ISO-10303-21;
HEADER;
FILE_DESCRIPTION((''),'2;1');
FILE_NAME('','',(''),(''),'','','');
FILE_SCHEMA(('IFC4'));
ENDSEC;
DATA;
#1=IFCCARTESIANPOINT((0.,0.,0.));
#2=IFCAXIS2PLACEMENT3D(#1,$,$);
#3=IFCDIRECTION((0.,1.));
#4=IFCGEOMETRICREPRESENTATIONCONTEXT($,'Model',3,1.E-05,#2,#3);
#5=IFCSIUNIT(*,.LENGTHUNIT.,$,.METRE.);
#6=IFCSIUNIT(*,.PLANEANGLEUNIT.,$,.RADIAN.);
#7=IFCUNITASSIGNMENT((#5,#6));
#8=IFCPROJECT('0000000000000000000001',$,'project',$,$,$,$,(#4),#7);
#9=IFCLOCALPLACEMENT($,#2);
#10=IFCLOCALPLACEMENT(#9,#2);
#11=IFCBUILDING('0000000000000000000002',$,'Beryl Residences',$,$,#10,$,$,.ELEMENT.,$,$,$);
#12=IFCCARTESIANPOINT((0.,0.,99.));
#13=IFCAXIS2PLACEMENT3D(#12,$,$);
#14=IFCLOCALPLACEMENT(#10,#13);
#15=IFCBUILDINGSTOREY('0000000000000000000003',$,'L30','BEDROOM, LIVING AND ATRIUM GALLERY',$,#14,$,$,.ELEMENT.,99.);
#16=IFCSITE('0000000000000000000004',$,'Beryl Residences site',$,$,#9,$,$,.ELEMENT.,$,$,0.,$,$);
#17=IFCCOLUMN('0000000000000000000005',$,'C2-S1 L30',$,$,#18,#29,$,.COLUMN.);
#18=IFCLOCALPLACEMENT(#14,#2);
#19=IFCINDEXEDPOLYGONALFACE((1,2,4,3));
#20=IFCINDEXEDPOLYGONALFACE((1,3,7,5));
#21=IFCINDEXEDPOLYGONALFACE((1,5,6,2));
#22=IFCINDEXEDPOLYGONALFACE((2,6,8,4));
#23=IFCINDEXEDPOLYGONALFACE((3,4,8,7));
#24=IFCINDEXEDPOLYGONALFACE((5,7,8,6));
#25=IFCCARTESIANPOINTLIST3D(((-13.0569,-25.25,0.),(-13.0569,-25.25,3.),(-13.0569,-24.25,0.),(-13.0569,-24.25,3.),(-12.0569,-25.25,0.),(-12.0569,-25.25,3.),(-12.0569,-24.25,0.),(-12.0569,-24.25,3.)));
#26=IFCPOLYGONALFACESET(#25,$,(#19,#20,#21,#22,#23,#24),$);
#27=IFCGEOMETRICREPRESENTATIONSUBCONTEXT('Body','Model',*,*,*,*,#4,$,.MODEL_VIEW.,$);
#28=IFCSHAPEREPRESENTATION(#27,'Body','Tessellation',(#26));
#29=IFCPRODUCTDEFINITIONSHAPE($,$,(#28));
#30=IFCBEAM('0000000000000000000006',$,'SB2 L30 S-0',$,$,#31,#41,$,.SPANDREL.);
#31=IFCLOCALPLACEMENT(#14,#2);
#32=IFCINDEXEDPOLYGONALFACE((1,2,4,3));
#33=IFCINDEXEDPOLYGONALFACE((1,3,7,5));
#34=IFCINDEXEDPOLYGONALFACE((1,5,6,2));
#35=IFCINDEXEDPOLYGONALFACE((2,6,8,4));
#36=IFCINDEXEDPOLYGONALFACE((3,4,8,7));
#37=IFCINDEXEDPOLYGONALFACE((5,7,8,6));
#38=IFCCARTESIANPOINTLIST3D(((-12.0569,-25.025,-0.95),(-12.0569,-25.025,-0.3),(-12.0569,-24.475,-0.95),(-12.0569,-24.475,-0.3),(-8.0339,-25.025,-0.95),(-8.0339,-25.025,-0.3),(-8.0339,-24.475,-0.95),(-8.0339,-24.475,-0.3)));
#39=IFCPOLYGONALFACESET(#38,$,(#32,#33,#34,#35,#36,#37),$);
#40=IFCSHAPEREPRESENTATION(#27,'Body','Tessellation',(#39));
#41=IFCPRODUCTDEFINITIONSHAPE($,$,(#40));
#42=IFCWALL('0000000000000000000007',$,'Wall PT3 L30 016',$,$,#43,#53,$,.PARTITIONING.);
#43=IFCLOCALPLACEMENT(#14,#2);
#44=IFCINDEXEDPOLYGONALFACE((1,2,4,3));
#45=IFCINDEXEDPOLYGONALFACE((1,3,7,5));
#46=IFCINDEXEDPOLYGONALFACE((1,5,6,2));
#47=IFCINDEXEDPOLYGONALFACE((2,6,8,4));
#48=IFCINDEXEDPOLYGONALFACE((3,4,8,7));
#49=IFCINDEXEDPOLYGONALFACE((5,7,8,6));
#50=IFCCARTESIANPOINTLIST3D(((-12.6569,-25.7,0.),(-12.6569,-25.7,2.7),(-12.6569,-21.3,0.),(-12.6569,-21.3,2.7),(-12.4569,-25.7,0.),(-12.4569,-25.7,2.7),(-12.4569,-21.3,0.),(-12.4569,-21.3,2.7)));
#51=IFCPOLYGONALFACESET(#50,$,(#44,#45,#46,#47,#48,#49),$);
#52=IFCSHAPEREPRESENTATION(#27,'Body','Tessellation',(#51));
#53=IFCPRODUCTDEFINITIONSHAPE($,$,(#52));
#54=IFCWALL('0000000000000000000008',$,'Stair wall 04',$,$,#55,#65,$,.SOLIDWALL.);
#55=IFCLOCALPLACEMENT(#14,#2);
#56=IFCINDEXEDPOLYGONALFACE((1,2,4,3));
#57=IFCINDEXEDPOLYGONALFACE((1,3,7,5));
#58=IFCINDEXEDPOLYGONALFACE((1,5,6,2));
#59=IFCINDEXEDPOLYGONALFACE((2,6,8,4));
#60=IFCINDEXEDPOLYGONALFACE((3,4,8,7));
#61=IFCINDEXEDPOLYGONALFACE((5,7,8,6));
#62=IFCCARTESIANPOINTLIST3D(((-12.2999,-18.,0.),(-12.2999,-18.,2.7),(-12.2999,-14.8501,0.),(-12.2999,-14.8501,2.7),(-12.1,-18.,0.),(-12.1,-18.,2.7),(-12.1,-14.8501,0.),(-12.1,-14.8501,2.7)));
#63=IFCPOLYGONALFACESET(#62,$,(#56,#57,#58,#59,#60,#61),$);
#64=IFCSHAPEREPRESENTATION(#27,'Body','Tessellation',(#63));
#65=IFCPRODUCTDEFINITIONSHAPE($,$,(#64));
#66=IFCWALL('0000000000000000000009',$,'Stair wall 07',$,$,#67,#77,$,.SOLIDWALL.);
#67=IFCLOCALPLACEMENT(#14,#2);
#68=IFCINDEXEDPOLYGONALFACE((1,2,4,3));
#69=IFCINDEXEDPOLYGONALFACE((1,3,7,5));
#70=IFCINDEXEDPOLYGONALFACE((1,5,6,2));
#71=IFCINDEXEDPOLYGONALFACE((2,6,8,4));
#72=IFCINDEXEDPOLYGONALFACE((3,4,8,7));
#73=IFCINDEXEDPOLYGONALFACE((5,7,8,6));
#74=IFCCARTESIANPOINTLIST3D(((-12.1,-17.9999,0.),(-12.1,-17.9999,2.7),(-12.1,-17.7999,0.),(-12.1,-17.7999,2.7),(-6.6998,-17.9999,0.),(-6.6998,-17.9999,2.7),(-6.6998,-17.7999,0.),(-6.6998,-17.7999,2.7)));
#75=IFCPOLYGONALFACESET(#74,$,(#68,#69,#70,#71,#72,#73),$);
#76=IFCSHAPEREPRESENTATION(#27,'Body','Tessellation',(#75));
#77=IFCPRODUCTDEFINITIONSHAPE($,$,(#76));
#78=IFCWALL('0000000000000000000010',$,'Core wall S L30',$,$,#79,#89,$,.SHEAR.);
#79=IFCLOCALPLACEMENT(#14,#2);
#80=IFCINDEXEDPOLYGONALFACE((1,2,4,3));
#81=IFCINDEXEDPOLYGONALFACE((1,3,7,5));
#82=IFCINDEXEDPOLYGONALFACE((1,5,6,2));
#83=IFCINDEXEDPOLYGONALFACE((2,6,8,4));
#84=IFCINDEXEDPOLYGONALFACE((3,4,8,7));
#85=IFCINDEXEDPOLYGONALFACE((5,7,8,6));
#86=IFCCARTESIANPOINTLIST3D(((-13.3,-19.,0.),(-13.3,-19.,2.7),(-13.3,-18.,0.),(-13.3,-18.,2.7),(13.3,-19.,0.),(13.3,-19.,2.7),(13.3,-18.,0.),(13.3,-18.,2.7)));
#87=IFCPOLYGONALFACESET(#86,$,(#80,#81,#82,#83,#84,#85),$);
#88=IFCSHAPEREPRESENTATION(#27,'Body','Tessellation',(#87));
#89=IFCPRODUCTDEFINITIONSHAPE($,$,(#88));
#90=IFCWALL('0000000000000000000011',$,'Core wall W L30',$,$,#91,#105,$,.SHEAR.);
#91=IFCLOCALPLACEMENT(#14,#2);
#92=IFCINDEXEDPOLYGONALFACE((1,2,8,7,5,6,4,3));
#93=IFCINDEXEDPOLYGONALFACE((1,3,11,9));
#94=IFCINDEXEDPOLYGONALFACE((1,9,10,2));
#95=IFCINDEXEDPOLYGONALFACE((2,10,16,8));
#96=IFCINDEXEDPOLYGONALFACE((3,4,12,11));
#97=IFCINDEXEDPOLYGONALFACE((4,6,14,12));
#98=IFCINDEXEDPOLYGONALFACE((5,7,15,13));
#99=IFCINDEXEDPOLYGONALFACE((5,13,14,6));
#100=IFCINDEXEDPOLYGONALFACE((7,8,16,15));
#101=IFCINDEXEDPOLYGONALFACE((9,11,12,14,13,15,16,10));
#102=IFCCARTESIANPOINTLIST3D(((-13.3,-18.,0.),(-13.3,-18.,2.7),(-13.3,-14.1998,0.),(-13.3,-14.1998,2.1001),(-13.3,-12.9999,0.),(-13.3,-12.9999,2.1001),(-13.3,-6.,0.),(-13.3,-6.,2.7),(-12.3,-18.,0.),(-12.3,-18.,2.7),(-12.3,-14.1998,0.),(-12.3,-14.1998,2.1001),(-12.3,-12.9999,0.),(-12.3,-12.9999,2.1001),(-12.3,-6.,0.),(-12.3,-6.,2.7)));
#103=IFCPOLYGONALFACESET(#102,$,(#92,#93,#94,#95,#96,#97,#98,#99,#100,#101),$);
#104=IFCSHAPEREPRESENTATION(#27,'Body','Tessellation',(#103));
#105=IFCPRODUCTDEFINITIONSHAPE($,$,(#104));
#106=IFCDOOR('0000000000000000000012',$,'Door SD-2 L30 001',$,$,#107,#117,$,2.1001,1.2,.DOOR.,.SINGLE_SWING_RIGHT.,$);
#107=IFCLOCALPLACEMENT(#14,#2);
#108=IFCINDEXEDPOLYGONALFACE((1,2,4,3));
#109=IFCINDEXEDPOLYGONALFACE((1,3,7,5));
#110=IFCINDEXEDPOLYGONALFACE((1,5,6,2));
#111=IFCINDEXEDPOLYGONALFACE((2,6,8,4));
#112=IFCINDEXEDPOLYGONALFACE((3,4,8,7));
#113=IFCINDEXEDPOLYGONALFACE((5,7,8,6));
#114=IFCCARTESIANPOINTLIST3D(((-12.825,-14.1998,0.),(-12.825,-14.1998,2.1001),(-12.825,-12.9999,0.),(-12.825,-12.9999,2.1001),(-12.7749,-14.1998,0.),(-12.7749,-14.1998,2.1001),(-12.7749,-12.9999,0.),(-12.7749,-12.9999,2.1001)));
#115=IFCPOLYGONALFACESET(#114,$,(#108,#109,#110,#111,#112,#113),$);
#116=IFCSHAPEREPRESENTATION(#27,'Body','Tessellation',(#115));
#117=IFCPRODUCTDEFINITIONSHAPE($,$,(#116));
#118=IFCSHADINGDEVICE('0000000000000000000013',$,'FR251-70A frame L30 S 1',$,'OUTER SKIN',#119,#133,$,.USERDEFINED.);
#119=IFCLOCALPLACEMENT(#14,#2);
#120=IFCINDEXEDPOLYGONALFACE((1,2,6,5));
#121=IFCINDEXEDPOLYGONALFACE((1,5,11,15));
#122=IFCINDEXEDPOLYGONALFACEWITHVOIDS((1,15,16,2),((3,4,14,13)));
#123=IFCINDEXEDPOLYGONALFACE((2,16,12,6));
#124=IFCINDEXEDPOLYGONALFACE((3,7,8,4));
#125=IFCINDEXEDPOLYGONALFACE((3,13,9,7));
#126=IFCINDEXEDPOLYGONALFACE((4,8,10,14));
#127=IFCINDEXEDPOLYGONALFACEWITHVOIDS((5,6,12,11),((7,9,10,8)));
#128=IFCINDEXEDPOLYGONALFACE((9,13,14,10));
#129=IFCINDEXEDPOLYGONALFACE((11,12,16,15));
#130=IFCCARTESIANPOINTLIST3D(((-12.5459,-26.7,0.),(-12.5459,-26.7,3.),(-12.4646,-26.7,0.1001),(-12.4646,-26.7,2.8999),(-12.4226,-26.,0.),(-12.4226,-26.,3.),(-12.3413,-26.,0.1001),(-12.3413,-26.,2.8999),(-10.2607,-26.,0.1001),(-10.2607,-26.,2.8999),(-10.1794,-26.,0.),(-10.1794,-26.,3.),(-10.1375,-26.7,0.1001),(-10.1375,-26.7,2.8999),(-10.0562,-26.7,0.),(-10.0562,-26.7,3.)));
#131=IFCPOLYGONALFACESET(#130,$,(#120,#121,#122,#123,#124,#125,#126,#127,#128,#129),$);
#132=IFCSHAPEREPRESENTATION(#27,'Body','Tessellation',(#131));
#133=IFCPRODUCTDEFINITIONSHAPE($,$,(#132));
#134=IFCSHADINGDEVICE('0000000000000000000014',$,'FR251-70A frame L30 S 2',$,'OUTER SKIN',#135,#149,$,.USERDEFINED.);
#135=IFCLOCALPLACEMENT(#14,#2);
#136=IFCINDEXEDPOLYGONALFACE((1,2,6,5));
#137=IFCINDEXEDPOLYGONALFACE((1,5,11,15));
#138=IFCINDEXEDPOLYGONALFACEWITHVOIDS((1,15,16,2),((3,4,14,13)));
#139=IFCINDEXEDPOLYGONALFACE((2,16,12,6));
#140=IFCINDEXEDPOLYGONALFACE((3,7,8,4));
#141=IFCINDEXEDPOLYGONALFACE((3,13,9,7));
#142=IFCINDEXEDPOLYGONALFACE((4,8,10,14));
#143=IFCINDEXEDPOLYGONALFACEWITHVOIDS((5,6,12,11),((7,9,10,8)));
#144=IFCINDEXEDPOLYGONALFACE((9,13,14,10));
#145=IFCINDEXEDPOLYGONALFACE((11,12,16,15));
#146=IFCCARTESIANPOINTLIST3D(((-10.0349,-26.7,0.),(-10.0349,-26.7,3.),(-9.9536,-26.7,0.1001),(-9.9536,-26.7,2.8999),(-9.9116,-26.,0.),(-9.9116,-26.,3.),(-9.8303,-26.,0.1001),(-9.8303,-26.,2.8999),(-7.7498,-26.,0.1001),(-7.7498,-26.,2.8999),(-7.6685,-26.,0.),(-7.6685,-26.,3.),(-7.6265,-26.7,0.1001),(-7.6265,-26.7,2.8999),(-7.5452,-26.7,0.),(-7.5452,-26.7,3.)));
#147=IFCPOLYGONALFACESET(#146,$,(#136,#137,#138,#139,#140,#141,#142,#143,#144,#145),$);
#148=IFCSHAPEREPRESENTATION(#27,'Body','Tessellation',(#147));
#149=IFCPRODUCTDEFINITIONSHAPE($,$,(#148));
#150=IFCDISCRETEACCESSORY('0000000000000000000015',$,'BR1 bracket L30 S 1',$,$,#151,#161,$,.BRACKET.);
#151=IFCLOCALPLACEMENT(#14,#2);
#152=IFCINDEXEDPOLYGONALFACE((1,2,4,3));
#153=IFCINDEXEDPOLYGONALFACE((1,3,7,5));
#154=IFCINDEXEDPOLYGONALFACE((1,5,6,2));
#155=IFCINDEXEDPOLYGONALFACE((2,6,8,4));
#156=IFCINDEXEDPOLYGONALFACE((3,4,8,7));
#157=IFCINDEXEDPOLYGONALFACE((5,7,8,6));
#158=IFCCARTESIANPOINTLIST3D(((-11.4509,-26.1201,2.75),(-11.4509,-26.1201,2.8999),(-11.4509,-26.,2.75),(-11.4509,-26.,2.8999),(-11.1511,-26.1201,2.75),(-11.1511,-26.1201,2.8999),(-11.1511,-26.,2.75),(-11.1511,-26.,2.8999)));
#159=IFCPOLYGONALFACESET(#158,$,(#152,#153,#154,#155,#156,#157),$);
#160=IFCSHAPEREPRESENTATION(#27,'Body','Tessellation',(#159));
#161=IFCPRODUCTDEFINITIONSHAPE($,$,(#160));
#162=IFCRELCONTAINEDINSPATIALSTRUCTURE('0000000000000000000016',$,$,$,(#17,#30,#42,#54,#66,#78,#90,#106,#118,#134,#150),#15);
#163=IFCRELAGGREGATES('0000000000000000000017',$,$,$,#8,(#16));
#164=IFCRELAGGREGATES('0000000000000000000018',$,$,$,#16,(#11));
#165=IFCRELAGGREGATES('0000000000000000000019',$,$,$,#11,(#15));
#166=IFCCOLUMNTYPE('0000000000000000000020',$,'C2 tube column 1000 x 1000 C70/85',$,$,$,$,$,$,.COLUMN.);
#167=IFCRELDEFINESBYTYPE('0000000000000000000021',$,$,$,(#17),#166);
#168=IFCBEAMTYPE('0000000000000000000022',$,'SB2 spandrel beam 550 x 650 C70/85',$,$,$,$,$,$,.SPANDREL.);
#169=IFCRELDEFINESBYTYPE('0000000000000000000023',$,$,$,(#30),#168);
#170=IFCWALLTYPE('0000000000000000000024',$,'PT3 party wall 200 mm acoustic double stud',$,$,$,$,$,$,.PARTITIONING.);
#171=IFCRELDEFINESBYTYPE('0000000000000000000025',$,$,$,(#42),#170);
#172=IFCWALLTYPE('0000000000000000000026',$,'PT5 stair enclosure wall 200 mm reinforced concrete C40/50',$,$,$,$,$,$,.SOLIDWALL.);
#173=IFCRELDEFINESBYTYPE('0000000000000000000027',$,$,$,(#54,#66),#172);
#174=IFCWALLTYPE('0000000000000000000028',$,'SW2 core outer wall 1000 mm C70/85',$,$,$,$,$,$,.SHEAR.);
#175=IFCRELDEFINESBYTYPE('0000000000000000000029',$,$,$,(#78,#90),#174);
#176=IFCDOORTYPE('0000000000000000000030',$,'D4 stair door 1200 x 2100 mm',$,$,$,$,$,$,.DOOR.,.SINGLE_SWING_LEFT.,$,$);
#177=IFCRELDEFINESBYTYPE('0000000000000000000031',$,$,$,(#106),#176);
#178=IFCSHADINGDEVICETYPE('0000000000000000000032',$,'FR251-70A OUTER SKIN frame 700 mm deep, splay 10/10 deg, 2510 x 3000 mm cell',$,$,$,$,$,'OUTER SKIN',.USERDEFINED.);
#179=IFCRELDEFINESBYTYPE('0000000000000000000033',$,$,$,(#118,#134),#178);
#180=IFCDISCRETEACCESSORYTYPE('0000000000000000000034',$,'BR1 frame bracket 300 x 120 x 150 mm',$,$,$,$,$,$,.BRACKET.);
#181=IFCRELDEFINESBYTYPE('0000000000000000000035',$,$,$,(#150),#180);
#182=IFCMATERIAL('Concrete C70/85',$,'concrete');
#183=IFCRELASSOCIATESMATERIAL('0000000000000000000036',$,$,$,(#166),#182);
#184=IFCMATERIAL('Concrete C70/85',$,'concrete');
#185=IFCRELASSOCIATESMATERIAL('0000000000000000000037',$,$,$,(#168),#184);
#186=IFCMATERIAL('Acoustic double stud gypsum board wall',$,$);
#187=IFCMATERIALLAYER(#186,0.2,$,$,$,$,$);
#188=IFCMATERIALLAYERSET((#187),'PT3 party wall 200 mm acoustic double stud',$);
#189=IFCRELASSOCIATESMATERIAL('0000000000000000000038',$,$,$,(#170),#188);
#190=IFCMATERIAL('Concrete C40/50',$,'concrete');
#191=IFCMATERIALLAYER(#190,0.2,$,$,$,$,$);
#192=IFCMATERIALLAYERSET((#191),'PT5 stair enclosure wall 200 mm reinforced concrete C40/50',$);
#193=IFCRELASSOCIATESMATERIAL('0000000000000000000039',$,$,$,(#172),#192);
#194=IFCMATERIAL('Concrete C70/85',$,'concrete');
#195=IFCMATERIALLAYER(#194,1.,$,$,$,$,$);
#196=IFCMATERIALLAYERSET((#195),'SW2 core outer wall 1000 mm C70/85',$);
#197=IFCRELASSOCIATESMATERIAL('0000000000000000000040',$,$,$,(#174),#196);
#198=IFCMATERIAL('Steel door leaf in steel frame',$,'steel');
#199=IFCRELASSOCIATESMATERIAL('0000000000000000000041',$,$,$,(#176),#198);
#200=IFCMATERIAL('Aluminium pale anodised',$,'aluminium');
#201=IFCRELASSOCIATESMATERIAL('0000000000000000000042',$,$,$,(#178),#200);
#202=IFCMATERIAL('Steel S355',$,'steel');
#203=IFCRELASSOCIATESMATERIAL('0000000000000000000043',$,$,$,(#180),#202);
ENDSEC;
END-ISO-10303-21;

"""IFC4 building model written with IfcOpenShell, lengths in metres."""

from ifc_helpers import new_model, entity, si_unit, direction, frame, frame_2d, origin, origin_2d, place, context, subcontext, project, spatial, polyline, rectangle, outline, extrude, source, transform, mapped, material, layer, layer_set, material_profile, profile_set, type_object, type_shapes, element, fill, save


model = new_model("IFC4")

# Units and contexts
model_context = context("Model", 3, precision=1e-05, world=origin(), true_north=direction((0.0, 1.0)))
body_context = subcontext(model_context, "Body", "Model", "MODEL_VIEW")
ifc_project = project(units=[si_unit("LENGTHUNIT", "METRE"), si_unit("PLANEANGLEUNIT", "RADIAN")], contexts=[model_context])

# Site, building, storey
site_placement = place(None, origin())
site = spatial("IfcSite", under=ifc_project, at=site_placement, Name="Beryl Residences site", CompositionType="ELEMENT", RefElevation=0.0)
building_placement = place(site_placement, origin())
building = spatial("IfcBuilding", under=site, at=building_placement, Name="Beryl Residences", CompositionType="ELEMENT")
storey_placement = place(building_placement, frame((0.0, 0.0, 99.0)))
storey = spatial("IfcBuildingStorey", under=building, at=storey_placement, Name="L30", Description="BEDROOM, LIVING AND ATRIUM GALLERY", CompositionType="ELEMENT", Elevation=99.0)

# Column
ifc_material_1 = material(Name="Concrete C70/85", Category="concrete")
ifc_material_profile_1 = material_profile(ifc_material_1, rectangle(XDim=1.0, YDim=1.0, at=origin_2d()))
ifc_profile_set_1 = profile_set([ifc_material_profile_1], Name="Concrete C70/85")
column_type = type_object("IfcColumnType", Name="C2 tube column 1000 x 1000 C70/85", PredefinedType="COLUMN", material=ifc_profile_set_1)
column_placement = place(storey_placement, frame((-12.5569, -24.75, 0.0), z_axis=(0.0, 0.0, 1.0), x_axis=(1.0, 0.0, 0.0)))
element("IfcColumn", 1, at=column_placement, inside=storey, type_object=column_type, Name="C2-S1 L30", PredefinedType="COLUMN", context=body_context, shape_type="SweptSolid", body=[
    extrude(rectangle(XDim=1.0, YDim=1.0, at=origin_2d()), origin(), (0.0, 0.0, 1.0), 3.0),
])

# Beam
ifc_material_2 = material(Name="Concrete C70/85", Category="concrete")
ifc_material_profile_2 = material_profile(ifc_material_2, rectangle(XDim=0.55, YDim=0.6499, at=origin_2d()))
ifc_profile_set_2 = profile_set([ifc_material_profile_2], Name="Concrete C70/85")
beam_type = type_object("IfcBeamType", Name="SB2 spandrel beam 550 x 650 C70/85", PredefinedType="SPANDREL", material=ifc_profile_set_2)
beam_placement = place(storey_placement, frame((-12.0569, -24.75, -0.625), z_axis=(1.0, 0.0, 0.0), x_axis=(0.0, 1.0, 0.0)))
element("IfcBeam", 2, at=beam_placement, inside=storey, type_object=beam_type, Name="SB2 L30 S-0", PredefinedType="SPANDREL", context=body_context, shape_type="SweptSolid", body=[
    extrude(rectangle(XDim=0.55, YDim=0.6499, at=origin_2d()), origin(), (0.0, 0.0, 1.0), 4.0229),
])

# Walls
ifc_material_3 = material(Name="Acoustic double stud gypsum board wall")
ifc_layer_1 = layer(ifc_material_3, 0.2)
ifc_layer_set_1 = layer_set([ifc_layer_1], Name="PT3 party wall 200 mm acoustic double stud")
wall_type_1 = type_object("IfcWallType", Name="PT3 party wall 200 mm acoustic double stud", PredefinedType="PARTITIONING", material=ifc_layer_set_1)
wall_1_placement = place(storey_placement, frame((-12.5569, -25.7, 0.0), z_axis=(0.0, 0.0, 1.0), x_axis=(0.0, 1.0, 0.0)))
element("IfcWall", 3, at=wall_1_placement, inside=storey, type_object=wall_type_1, Name="Wall PT3 L30 016", PredefinedType="PARTITIONING", context=body_context, shape_type="SweptSolid", body=[
    extrude(rectangle(XDim=4.3999, YDim=0.2, at=frame_2d((2.2, 0.0))), origin(), (0.0, 0.0, 1.0), 2.7),
])
ifc_material_4 = material(Name="Concrete C40/50", Category="concrete")
ifc_layer_2 = layer(ifc_material_4, 0.2)
ifc_layer_set_2 = layer_set([ifc_layer_2], Name="PT5 stair enclosure wall 200 mm reinforced concrete C40/50")
wall_type_2 = type_object("IfcWallType", Name="PT5 stair enclosure wall 200 mm reinforced concrete C40/50", PredefinedType="SOLIDWALL", material=ifc_layer_set_2)
wall_2_placement = place(storey_placement, frame((-12.2, -18.0, 0.0), z_axis=(0.0, 0.0, 1.0), x_axis=(0.0, 1.0, 0.0)))
element("IfcWall", 4, at=wall_2_placement, inside=storey, type_object=wall_type_2, Name="Stair wall 04", PredefinedType="SOLIDWALL", context=body_context, shape_type="SweptSolid", body=[
    extrude(rectangle(XDim=3.1499, YDim=0.2, at=frame_2d((1.575, 0.0))), origin(), (0.0, 0.0, 1.0), 2.7),
])
wall_3_placement = place(storey_placement, frame((-12.1001, -17.8999, 0.0), z_axis=(0.0, 0.0, 1.0), x_axis=(1.0, 0.0, 0.0)))
element("IfcWall", 5, at=wall_3_placement, inside=storey, type_object=wall_type_2, Name="Stair wall 07", PredefinedType="SOLIDWALL", context=body_context, shape_type="SweptSolid", body=[
    extrude(rectangle(XDim=5.4001, YDim=0.2, at=frame_2d((2.7002, 0.0))), origin(), (0.0, 0.0, 1.0), 2.7),
])
ifc_material_5 = material(Name="Concrete C70/85", Category="concrete")
ifc_layer_3 = layer(ifc_material_5, 1.0)
ifc_layer_set_3 = layer_set([ifc_layer_3], Name="SW2 core outer wall 1000 mm C70/85")
wall_type_3 = type_object("IfcWallType", Name="SW2 core outer wall 1000 mm C70/85", PredefinedType="SHEAR", material=ifc_layer_set_3)
wall_4_placement = place(storey_placement, frame((-13.3, -18.5, 0.0), z_axis=(0.0, 0.0, 1.0), x_axis=(1.0, 0.0, 0.0)))
element("IfcWall", 6, at=wall_4_placement, inside=storey, type_object=wall_type_3, Name="Core wall S L30", PredefinedType="SHEAR", context=body_context, shape_type="SweptSolid", body=[
    extrude(rectangle(XDim=26.6001, YDim=1.0, at=frame_2d((13.3, 0.0))), origin(), (0.0, 0.0, 1.0), 2.7),
])

# Wall, opening, door
wall_5_placement = place(storey_placement, frame((-12.8, -18.0, 0.0), z_axis=(0.0, 0.0, 1.0), x_axis=(0.0, 1.0, 0.0)))
wall_5 = element("IfcWall", 7, at=wall_5_placement, inside=storey, type_object=wall_type_3, Name="Core wall W L30", PredefinedType="SHEAR", context=body_context, shape_type="SweptSolid", body=[
    extrude(rectangle(XDim=12.0, YDim=1.0, at=frame_2d((6.0, 0.0))), origin(), (0.0, 0.0, 1.0), 2.7),
])
opening_1_placement = place(wall_5_placement, frame((3.8, 0.0, 0.0)))
opening_1 = element("IfcOpeningElement", 8, at=opening_1_placement, cuts=wall_5, PredefinedType="OPENING", context=body_context, shape_type="SweptSolid", body=[
    extrude(rectangle(XDim=1.2, YDim=2.1001, at=frame_2d((0.6001, 1.05))), frame((0.0, 0.51, 0.0), z_axis=(0.0, -1.0, 0.0), x_axis=(1.0, 0.0, 0.0)), (0.0, 0.0, 1.0), 1.02),
])
ifc_material_6 = material(Name="Steel door leaf in steel frame", Category="steel")
door_type = type_object("IfcDoorType", Name="D4 stair door 1200 x 2100 mm", OperationType="SINGLE_SWING_LEFT", PredefinedType="DOOR", material=ifc_material_6)
door_placement = place(opening_1_placement, origin())
door = element("IfcDoor", 9, at=door_placement, inside=storey, type_object=door_type, Name="Door SD-2 L30 001", OperationType="SINGLE_SWING_RIGHT", OverallHeight=2.1001, OverallWidth=1.2, PredefinedType="DOOR", context=body_context, shape_type="SweptSolid", body=[
    extrude(rectangle(XDim=1.2, YDim=2.1001, at=frame_2d((0.6001, 1.05))), frame((0.0, 0.0249, 0.0), z_axis=(0.0, -1.0, 0.0), x_axis=(1.0, 0.0, 0.0)), (0.0, 0.0, 1.0), 0.05),
])
fill(opening_1, door)

# Shading devices
ifc_material_7 = material(Name="Aluminium pale anodised", Category="aluminium")
shading_device_type = type_object("IfcShadingDeviceType", Name="FR251-70A OUTER SKIN frame 700 mm deep, splay 10/10 deg, 2510 x 3000 mm cell", ElementType="OUTER SKIN", PredefinedType="USERDEFINED", material=ifc_material_7)
cartesian_point_1 = entity("IfcCartesianPoint", [-1.1216, 0.0])
cartesian_point_2 = entity("IfcCartesianPoint", [-1.0403, 0.1001])
cartesian_point_3 = entity("IfcCartesianPoint", [-1.2449, 0.0])
cartesian_point_4 = entity("IfcCartesianPoint", [-1.1636, 0.1001])
shared_shape_1 = source(origin(), body_context, "Body", "SweptSolid", [
    entity("IfcExtrudedAreaSolidTapered", entity("IfcArbitraryProfileDefWithVoids", "AREA", None, entity("IfcPolyline", [cartesian_point_1, entity("IfcCartesianPoint", [1.1216, 0.0]), entity("IfcCartesianPoint", [1.1216, 3.0]), entity("IfcCartesianPoint", [-1.1216, 3.0]), cartesian_point_1]), [entity("IfcPolyline", [cartesian_point_2, entity("IfcCartesianPoint", [1.0403, 0.1001]), entity("IfcCartesianPoint", [1.0403, 2.8999]), entity("IfcCartesianPoint", [-1.0403, 2.8999]), cartesian_point_2])]), entity("IfcAxis2Placement3D", entity("IfcCartesianPoint", [0.0, 0.0, 0.0]), entity("IfcDirection", [0.0, 1.0, 0.0]), entity("IfcDirection", [-1.0, 0.0, 0.0])), entity("IfcDirection", [0.0, 0.0, 1.0]), 0.7, entity("IfcArbitraryProfileDefWithVoids", "AREA", None, entity("IfcPolyline", [cartesian_point_3, entity("IfcCartesianPoint", [1.2449, 0.0]), entity("IfcCartesianPoint", [1.2449, 3.0]), entity("IfcCartesianPoint", [-1.2449, 3.0]), cartesian_point_3]), [entity("IfcPolyline", [cartesian_point_4, entity("IfcCartesianPoint", [1.1636, 0.1001]), entity("IfcCartesianPoint", [1.1636, 2.8999]), entity("IfcCartesianPoint", [-1.1636, 2.8999]), cartesian_point_4])])),
])
type_shapes(shading_device_type, [shared_shape_1])
for number, where, z_axis, x_axis, name in (
    (10, (-11.301, -26.0, 0.0), (0.0, 0.0, 1.0), (-1.0, 0.0, 0.0), "FR251-70A frame L30 S 1"),
    (11, (-8.79, -26.0, 0.0), (0.0, 0.0, 1.0), (-1.0, 0.0, 0.0), "FR251-70A frame L30 S 2"),
):
    element("IfcShadingDevice", number, at=place(storey_placement, frame(where, z_axis=z_axis, x_axis=x_axis)), inside=storey, type_object=shading_device_type, Name=name, ObjectType="OUTER SKIN", PredefinedType="USERDEFINED", context=body_context, shape_type="MappedRepresentation", body=[
        mapped(shared_shape_1, transform((0.0, 0.0, 0.0))),
    ])

# Discrete accessory
ifc_material_8 = material(Name="Steel S355", Category="steel")
discrete_accessory_type = type_object("IfcDiscreteAccessoryType", Name="BR1 frame bracket 300 x 120 x 150 mm", PredefinedType="BRACKET", material=ifc_material_8)
shared_shape_2 = source(origin(), body_context, "Body", "SweptSolid", [
    extrude(outline(polyline([(-0.1499, 0.0), (0.1499, 0.0), (0.1499, 0.1201), (-0.1499, 0.1201), (-0.1499, 0.0)])), origin(), (0.0, 0.0, 1.0), 0.1499),
])
type_shapes(discrete_accessory_type, [shared_shape_2])
discrete_accessory_placement = place(storey_placement, frame((-11.301, -26.0, 2.75), z_axis=(0.0, 0.0, 1.0), x_axis=(-1.0, 0.0, 0.0)))
element("IfcDiscreteAccessory", 12, at=discrete_accessory_placement, inside=storey, type_object=discrete_accessory_type, Name="BR1 bracket L30 S 1", PredefinedType="BRACKET", context=body_context, shape_type="MappedRepresentation", body=[
    mapped(shared_shape_2, transform((0.0, 0.0, 0.0))),
])

save(model, "model.ifc")
